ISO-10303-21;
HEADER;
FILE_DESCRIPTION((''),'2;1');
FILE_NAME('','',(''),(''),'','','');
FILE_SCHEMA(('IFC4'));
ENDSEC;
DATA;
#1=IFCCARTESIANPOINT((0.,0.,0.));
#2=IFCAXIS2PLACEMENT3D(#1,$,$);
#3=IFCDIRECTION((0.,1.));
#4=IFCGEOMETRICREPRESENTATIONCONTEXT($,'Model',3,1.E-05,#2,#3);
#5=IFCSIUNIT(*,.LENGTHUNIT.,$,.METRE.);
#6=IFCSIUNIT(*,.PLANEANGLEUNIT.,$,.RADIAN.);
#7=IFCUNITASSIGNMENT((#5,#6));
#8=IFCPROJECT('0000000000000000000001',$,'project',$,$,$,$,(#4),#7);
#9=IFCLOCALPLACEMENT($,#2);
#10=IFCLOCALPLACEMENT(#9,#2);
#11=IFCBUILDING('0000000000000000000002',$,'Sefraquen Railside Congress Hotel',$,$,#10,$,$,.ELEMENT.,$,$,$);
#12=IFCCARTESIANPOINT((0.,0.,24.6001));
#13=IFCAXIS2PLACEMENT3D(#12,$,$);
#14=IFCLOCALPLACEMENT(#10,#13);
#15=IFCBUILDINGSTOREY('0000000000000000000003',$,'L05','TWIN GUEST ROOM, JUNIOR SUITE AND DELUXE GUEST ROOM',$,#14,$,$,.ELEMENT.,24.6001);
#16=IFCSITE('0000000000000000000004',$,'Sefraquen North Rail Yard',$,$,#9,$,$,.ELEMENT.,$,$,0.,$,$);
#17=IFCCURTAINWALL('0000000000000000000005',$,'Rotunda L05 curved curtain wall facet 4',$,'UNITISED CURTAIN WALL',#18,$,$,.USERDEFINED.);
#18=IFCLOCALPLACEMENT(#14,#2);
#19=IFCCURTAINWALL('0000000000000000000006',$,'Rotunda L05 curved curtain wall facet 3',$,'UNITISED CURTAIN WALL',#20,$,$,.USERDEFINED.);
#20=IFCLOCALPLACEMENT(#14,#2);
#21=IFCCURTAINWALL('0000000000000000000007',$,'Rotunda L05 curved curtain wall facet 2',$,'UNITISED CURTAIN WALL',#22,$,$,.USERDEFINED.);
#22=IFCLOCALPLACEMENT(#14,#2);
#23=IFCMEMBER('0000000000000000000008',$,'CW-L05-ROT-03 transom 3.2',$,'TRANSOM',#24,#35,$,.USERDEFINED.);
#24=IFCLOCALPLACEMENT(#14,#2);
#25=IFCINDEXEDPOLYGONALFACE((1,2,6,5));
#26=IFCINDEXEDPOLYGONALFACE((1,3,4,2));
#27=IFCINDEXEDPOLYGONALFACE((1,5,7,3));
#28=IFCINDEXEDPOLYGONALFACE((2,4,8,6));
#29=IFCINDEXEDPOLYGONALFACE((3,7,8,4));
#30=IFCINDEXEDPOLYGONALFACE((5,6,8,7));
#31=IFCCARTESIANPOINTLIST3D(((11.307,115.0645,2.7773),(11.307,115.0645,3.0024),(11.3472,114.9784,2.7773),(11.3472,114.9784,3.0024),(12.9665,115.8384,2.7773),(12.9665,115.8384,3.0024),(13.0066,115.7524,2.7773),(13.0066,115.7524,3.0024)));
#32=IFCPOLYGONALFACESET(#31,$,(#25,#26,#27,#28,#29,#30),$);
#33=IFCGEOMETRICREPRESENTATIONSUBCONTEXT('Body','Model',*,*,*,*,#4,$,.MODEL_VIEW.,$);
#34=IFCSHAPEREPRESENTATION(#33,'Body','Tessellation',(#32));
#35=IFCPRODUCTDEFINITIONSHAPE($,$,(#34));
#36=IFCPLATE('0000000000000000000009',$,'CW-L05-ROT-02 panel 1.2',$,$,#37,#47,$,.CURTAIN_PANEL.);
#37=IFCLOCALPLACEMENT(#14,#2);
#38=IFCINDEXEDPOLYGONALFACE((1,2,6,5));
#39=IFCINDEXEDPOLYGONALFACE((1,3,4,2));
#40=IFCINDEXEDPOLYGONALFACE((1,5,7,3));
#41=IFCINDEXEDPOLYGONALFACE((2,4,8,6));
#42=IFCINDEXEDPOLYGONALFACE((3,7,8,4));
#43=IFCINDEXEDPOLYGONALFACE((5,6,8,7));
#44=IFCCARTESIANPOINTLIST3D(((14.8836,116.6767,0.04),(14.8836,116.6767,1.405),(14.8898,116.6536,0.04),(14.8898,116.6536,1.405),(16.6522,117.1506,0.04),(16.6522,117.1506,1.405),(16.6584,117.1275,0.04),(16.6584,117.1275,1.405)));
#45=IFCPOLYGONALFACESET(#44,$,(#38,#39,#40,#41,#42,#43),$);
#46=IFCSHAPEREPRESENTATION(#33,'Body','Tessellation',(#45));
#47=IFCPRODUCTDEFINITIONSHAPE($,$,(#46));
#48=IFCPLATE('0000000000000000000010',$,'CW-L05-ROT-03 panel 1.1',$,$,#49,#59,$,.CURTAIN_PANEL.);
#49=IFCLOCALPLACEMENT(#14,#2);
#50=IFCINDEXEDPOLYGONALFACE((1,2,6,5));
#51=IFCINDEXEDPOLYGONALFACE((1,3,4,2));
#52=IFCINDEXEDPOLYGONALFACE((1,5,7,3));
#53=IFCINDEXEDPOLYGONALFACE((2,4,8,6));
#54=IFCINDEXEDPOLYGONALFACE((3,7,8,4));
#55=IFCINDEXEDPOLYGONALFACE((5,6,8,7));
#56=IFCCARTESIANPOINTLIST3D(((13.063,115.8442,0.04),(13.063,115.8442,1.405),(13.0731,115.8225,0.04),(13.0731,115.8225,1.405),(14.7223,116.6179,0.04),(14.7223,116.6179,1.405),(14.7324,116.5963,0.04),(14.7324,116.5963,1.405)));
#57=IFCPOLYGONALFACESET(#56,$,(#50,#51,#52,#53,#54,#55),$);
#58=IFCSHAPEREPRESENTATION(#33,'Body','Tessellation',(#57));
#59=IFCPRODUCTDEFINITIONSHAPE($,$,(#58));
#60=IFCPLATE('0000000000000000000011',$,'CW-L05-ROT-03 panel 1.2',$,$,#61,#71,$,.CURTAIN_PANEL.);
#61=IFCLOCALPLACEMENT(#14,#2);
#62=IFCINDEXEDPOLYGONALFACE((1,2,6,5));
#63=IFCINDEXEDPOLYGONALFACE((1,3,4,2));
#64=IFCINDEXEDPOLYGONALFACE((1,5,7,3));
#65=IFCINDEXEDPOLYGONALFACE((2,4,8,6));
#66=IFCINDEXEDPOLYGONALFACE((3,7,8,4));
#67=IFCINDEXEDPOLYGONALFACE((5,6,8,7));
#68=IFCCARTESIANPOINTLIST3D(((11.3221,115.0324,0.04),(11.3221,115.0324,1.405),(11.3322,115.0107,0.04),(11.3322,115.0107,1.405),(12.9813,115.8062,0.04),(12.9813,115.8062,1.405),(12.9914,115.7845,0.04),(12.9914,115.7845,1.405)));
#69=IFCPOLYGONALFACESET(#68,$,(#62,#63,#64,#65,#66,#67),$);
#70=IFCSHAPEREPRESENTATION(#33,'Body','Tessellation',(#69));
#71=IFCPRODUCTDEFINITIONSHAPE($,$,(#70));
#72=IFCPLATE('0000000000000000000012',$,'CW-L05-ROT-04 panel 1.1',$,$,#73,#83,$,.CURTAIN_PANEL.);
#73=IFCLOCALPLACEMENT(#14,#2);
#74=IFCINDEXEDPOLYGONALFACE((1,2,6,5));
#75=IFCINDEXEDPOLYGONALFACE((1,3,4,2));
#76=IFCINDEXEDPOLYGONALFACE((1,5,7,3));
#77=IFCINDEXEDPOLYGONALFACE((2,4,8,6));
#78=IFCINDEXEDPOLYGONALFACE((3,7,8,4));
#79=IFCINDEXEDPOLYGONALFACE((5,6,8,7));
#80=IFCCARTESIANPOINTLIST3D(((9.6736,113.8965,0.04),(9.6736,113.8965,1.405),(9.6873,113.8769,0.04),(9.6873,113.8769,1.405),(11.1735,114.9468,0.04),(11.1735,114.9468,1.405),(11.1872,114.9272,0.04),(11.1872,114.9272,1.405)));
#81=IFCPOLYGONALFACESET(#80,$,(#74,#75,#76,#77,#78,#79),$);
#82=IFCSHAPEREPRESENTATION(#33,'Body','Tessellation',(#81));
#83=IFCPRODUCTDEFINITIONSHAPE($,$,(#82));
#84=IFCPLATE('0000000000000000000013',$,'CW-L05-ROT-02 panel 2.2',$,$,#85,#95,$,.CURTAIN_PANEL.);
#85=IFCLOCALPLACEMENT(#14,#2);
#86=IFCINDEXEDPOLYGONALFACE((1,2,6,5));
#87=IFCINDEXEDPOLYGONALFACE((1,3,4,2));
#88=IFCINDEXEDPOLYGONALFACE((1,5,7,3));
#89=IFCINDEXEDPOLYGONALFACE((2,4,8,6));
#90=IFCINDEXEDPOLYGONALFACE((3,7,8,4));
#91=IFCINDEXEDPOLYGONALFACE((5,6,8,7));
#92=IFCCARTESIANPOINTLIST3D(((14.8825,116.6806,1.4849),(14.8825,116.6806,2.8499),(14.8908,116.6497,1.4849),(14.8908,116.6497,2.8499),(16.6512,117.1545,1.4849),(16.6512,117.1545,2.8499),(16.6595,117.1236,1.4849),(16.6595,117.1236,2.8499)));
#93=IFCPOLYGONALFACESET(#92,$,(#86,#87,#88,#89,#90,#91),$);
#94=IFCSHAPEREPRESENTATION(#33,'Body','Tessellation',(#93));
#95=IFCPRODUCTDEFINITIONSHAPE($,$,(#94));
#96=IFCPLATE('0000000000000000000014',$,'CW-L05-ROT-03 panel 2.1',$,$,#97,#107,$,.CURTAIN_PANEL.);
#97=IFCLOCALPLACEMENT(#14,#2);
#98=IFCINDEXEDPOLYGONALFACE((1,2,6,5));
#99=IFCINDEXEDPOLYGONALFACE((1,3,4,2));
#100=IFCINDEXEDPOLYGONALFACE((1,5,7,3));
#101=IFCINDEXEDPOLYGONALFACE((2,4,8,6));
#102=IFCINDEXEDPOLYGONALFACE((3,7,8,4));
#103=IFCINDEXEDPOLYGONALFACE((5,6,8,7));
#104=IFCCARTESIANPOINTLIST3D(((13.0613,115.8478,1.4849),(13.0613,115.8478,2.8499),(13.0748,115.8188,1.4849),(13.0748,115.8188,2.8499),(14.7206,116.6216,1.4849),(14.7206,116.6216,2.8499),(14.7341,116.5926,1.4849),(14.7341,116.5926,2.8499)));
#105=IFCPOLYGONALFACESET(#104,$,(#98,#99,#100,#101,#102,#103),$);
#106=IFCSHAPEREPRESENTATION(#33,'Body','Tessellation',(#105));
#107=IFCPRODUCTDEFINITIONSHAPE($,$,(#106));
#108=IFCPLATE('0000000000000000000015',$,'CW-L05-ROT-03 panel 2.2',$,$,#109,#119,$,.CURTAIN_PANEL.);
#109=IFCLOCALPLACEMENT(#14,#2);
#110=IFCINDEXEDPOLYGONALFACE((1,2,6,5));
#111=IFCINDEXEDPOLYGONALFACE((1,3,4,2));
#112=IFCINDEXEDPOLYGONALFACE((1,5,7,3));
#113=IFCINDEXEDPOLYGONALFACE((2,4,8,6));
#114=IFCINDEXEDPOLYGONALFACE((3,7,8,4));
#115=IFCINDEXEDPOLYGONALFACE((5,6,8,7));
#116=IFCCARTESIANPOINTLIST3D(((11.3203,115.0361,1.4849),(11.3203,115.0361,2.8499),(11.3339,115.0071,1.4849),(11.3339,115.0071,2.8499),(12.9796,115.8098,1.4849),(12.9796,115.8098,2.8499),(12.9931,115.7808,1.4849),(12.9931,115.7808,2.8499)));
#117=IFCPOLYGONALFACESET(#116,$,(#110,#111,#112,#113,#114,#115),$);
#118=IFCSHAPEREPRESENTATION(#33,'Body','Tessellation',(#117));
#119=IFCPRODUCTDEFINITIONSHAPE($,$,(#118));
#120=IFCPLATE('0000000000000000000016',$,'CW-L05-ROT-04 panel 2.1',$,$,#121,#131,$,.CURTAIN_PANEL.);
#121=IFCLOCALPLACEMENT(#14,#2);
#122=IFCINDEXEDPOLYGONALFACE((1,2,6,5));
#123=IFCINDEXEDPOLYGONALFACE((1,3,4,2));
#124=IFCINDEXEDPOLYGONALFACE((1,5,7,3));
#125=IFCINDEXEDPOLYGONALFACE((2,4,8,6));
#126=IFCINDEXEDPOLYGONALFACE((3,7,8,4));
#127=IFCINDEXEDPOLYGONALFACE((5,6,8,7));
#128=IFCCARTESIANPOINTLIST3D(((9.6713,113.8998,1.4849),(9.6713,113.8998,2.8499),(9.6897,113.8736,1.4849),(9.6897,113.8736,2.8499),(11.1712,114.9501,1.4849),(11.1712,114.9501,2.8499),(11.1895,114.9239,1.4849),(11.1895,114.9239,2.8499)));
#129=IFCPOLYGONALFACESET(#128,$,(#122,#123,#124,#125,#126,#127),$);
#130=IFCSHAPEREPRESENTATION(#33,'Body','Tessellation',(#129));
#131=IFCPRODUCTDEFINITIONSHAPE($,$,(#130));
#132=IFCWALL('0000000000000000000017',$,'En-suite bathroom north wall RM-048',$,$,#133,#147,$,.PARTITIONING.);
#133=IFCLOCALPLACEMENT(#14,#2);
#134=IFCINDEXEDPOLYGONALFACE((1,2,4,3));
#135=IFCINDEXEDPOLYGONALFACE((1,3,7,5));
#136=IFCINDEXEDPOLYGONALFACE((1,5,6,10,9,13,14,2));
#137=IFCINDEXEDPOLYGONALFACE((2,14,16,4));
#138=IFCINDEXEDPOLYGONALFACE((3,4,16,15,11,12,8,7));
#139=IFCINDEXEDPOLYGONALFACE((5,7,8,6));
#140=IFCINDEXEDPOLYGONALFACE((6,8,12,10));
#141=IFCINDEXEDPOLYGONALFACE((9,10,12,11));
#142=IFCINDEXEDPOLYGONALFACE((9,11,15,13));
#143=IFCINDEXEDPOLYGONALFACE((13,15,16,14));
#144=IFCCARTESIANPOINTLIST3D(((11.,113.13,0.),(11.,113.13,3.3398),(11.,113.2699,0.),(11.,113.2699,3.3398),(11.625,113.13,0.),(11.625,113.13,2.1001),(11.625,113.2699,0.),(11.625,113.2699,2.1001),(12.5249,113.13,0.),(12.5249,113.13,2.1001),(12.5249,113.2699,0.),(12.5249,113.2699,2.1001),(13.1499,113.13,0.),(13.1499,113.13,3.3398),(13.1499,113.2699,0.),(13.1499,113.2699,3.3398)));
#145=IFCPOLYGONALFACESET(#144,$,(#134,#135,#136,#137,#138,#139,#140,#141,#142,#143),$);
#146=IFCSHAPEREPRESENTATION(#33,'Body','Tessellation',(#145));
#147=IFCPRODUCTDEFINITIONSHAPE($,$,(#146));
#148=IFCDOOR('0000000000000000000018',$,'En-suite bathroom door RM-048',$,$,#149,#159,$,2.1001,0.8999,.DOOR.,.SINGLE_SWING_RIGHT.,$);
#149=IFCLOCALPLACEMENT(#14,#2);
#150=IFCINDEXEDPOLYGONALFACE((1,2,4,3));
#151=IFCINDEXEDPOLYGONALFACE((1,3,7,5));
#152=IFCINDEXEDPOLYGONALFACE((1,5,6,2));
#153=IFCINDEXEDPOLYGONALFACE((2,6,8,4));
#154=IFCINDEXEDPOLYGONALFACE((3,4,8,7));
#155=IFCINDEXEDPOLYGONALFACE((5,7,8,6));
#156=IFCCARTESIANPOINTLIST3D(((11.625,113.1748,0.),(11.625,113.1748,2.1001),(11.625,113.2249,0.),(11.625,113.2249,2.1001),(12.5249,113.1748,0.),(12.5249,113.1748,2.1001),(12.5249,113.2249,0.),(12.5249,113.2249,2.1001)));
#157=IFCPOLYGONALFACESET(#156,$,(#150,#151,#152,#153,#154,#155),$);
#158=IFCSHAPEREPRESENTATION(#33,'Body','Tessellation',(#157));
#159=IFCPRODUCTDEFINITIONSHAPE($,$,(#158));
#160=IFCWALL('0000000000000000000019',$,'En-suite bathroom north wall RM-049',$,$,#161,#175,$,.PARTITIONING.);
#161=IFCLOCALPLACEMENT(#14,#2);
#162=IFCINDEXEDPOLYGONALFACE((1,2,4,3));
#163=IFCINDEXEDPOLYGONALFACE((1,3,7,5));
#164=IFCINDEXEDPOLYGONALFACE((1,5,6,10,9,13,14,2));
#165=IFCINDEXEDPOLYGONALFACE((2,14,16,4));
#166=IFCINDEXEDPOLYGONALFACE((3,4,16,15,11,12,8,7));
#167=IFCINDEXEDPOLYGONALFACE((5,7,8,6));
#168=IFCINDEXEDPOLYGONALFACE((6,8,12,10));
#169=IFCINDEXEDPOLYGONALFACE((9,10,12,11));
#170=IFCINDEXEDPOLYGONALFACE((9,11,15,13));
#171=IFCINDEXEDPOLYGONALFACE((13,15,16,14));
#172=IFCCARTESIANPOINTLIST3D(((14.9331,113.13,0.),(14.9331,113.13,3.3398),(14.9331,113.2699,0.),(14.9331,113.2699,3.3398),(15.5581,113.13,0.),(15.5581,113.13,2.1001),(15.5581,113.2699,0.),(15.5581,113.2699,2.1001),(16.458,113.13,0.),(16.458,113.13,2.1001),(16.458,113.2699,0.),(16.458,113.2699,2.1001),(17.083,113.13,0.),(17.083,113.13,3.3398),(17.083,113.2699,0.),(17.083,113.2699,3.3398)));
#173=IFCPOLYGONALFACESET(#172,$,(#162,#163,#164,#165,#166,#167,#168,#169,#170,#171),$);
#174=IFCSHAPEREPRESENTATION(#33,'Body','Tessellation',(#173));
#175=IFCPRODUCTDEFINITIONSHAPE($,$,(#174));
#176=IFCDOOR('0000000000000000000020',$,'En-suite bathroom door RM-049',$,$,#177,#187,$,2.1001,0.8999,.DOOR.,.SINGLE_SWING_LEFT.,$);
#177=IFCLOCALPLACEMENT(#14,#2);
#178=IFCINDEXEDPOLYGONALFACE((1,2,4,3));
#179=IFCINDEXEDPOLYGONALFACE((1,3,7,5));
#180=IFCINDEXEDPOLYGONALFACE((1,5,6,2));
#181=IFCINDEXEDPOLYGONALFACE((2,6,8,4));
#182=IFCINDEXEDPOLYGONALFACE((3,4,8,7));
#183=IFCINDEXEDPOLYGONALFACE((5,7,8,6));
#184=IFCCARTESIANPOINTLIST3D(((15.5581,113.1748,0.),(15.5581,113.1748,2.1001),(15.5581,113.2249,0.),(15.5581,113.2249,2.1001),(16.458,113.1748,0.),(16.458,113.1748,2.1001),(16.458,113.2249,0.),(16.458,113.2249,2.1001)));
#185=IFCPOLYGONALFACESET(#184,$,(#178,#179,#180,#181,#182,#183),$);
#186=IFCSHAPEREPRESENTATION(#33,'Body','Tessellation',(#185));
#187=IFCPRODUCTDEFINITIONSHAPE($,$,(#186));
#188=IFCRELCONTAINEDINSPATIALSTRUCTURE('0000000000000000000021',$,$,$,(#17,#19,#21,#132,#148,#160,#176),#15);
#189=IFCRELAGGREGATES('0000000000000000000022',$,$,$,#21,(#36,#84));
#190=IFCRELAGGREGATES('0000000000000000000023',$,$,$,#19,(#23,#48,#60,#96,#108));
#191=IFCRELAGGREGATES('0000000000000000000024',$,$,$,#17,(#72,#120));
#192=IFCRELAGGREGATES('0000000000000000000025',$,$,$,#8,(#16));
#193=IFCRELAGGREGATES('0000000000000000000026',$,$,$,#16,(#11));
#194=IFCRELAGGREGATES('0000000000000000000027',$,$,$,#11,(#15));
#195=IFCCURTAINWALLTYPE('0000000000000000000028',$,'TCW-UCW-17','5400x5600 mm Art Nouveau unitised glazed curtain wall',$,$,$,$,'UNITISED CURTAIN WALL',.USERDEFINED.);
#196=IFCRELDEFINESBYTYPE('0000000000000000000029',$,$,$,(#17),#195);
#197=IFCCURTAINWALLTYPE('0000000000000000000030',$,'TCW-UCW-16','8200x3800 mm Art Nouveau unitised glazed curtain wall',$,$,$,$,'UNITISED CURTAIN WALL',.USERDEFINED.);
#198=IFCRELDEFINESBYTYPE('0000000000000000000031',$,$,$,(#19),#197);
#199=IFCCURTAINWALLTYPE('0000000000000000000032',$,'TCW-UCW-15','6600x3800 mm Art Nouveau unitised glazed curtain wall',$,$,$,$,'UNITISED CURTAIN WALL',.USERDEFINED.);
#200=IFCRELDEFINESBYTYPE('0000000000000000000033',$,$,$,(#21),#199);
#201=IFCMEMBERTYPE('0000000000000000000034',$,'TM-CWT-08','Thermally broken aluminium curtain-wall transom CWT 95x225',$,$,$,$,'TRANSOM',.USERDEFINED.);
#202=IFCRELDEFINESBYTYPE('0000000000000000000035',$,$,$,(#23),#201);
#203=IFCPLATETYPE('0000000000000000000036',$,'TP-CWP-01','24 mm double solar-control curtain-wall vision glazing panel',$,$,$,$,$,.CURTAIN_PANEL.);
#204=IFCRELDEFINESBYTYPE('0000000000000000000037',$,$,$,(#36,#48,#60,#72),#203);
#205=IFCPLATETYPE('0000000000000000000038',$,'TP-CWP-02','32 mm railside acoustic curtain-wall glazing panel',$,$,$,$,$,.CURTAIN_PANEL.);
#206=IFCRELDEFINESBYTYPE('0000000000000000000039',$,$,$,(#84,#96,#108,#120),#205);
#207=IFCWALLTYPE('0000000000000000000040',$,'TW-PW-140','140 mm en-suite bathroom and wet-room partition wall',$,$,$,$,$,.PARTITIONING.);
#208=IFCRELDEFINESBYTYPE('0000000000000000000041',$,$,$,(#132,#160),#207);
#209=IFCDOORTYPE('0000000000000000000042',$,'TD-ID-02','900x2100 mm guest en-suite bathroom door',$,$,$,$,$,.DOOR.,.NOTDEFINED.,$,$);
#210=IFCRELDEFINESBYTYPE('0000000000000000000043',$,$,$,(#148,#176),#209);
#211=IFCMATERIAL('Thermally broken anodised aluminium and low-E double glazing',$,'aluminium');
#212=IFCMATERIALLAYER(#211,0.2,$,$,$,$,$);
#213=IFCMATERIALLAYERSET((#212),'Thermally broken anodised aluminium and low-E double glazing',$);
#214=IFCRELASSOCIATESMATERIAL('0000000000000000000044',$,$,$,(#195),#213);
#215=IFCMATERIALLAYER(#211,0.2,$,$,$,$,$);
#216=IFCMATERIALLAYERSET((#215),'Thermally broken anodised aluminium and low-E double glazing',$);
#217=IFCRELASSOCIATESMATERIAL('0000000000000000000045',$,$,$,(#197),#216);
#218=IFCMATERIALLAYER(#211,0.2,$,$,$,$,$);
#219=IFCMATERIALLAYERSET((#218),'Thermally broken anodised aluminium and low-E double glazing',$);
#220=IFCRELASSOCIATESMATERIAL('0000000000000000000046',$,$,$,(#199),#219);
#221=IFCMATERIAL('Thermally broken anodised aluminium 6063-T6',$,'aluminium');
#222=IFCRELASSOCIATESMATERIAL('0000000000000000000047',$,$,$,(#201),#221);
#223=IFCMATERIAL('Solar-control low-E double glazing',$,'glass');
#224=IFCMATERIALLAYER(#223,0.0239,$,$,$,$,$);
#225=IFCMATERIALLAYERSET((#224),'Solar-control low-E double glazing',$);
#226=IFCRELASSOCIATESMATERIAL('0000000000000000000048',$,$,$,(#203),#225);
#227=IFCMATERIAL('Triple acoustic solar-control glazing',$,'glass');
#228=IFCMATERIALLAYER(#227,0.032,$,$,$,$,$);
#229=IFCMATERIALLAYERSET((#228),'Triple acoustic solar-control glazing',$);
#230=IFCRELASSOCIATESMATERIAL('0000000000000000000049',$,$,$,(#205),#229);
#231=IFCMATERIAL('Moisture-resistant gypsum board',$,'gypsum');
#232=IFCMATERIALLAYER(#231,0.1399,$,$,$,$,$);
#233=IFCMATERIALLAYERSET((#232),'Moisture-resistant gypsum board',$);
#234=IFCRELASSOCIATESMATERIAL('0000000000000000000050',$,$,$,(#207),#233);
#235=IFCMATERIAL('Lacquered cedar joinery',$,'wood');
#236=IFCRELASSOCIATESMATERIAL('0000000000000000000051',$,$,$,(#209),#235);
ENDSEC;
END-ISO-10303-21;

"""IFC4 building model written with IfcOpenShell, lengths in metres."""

from ifc_helpers import new_model, si_unit, direction, frame, frame_2d, origin, origin_2d, place, context, subcontext, project, spatial, rectangle, extrude, material, layer, layer_set, material_profile, profile_set, type_object, element, fill, aggregate, save


model = new_model("IFC4")

# Units and contexts
model_context = context("Model", 3, precision=1e-05, world=origin(), true_north=direction((0.0, 1.0)))
body_context = subcontext(model_context, "Body", "Model", "MODEL_VIEW")
ifc_project = project(units=[si_unit("LENGTHUNIT", "METRE"), si_unit("PLANEANGLEUNIT", "RADIAN")], contexts=[model_context])

# Site, building, storey
site_placement = place(None, origin())
site = spatial("IfcSite", under=ifc_project, at=site_placement, Name="Sefraquen North Rail Yard", CompositionType="ELEMENT", RefElevation=0.0)
building_placement = place(site_placement, origin())
building = spatial("IfcBuilding", under=site, at=building_placement, Name="Sefraquen Railside Congress Hotel", CompositionType="ELEMENT")
storey_placement = place(building_placement, frame((0.0, 0.0, 24.6001)))
storey = spatial("IfcBuildingStorey", under=building, at=storey_placement, Name="L05", Description="TWIN GUEST ROOM, JUNIOR SUITE AND DELUXE GUEST ROOM", CompositionType="ELEMENT", Elevation=24.6001)

# Curtain walls
ifc_material_1 = material(Name="Thermally broken anodised aluminium and low-E double glazing", Category="aluminium")
ifc_layer_1 = layer(ifc_material_1, 0.2)
ifc_layer_set_1 = layer_set([ifc_layer_1], Name="Thermally broken anodised aluminium and low-E double glazing")
curtain_wall_type_1 = type_object("IfcCurtainWallType", Name="TCW-UCW-17", Description="5400x5600 mm Art Nouveau unitised glazed curtain wall", ElementType="UNITISED CURTAIN WALL", PredefinedType="USERDEFINED", material=ifc_layer_set_1)
curtain_wall_1_placement = place(storey_placement, origin())
curtain_wall_1 = element("IfcCurtainWall", 1, at=curtain_wall_1_placement, inside=storey, type_object=curtain_wall_type_1, Name="Rotunda L05 curved curtain wall facet 4", ObjectType="UNITISED CURTAIN WALL", PredefinedType="USERDEFINED")
ifc_material_2 = material(Name="Thermally broken anodised aluminium 6063-T6", Category="aluminium")
ifc_layer_2 = layer(ifc_material_1, 0.2)
ifc_layer_set_2 = layer_set([ifc_layer_2], Name="Thermally broken anodised aluminium and low-E double glazing")
curtain_wall_type_2 = type_object("IfcCurtainWallType", Name="TCW-UCW-16", Description="8200x3800 mm Art Nouveau unitised glazed curtain wall", ElementType="UNITISED CURTAIN WALL", PredefinedType="USERDEFINED", material=ifc_layer_set_2)
curtain_wall_2_placement = place(storey_placement, origin())
curtain_wall_2 = element("IfcCurtainWall", 2, at=curtain_wall_2_placement, inside=storey, type_object=curtain_wall_type_2, Name="Rotunda L05 curved curtain wall facet 3", ObjectType="UNITISED CURTAIN WALL", PredefinedType="USERDEFINED")
ifc_layer_3 = layer(ifc_material_1, 0.2)
ifc_layer_set_3 = layer_set([ifc_layer_3], Name="Thermally broken anodised aluminium and low-E double glazing")
curtain_wall_type_3 = type_object("IfcCurtainWallType", Name="TCW-UCW-15", Description="6600x3800 mm Art Nouveau unitised glazed curtain wall", ElementType="UNITISED CURTAIN WALL", PredefinedType="USERDEFINED", material=ifc_layer_set_3)
curtain_wall_3_placement = place(storey_placement, origin())
curtain_wall_3 = element("IfcCurtainWall", 3, at=curtain_wall_3_placement, inside=storey, type_object=curtain_wall_type_3, Name="Rotunda L05 curved curtain wall facet 2", ObjectType="UNITISED CURTAIN WALL", PredefinedType="USERDEFINED")

# Member
ifc_material_profile_1 = material_profile(ifc_material_2, rectangle(XDim=0.095, YDim=0.2251, at=origin_2d()), Name="CWT 95x225")
ifc_profile_set_1 = profile_set([ifc_material_profile_1], Name="Thermally broken anodised aluminium 6063-T6")
member_type_1 = type_object("IfcMemberType", Name="TM-CWT-08", Description="Thermally broken aluminium curtain-wall transom CWT 95x225", ElementType="TRANSOM", PredefinedType="USERDEFINED", material=ifc_profile_set_1)
member_1_placement = place(storey_placement, frame((12.9866, 115.7954, 2.8899), z_axis=(-0.906282, -0.422674, 0.0), x_axis=(0.422674, -0.906282, 0.0)))
member_1 = element("IfcMember", 4, at=member_1_placement, type_object=member_type_1, Name="CW-L05-ROT-03 transom 3.2", ObjectType="TRANSOM", PredefinedType="USERDEFINED", context=body_context, shape_type="SweptSolid", body=[
    extrude(rectangle(XDim=0.095, YDim=0.2251, at=origin_2d()), origin(), (0.0, 0.0, 1.0), 1.8311),
])

# Plates
ifc_material_3 = material(Name="Solar-control low-E double glazing", Category="glass")
ifc_layer_4 = layer(ifc_material_3, 0.0239)
ifc_layer_set_4 = layer_set([ifc_layer_4], Name="Solar-control low-E double glazing")
plate_type_1 = type_object("IfcPlateType", Name="TP-CWP-01", Description="24 mm double solar-control curtain-wall vision glazing panel", PredefinedType="CURTAIN_PANEL", material=ifc_layer_set_4)
plate_1_placement = place(storey_placement, frame((15.771, 116.9021, 0.04), z_axis=(0.0, 0.0, 1.0), x_axis=(-0.965935, -0.258785, 0.0)))
plate_1 = element("IfcPlate", 5, at=plate_1_placement, type_object=plate_type_1, Name="CW-L05-ROT-02 panel 1.2", PredefinedType="CURTAIN_PANEL", context=body_context, shape_type="SweptSolid", body=[
    extrude(rectangle(XDim=1.8311, YDim=0.0239, at=origin_2d()), origin(), (0.0, 0.0, 1.0), 1.365),
])
plate_2_placement = place(storey_placement, frame((13.8977, 116.2202, 0.04), z_axis=(0.0, 0.0, 1.0), x_axis=(-0.9063, -0.422634, 0.0)))
plate_2 = element("IfcPlate", 6, at=plate_2_placement, type_object=plate_type_1, Name="CW-L05-ROT-03 panel 1.1", PredefinedType="CURTAIN_PANEL", context=body_context, shape_type="SweptSolid", body=[
    extrude(rectangle(XDim=1.8308, YDim=0.0239, at=origin_2d()), origin(), (0.0, 0.0, 1.0), 1.365),
])
plate_3_placement = place(storey_placement, frame((12.1567, 115.4084, 0.04), z_axis=(0.0, 0.0, 1.0), x_axis=(-0.9063, -0.422634, 0.0)))
plate_3 = element("IfcPlate", 7, at=plate_3_placement, type_object=plate_type_1, Name="CW-L05-ROT-03 panel 1.2", PredefinedType="CURTAIN_PANEL", context=body_context, shape_type="SweptSolid", body=[
    extrude(rectangle(XDim=1.8308, YDim=0.0239, at=origin_2d()), origin(), (0.0, 0.0, 1.0), 1.365),
])
plate_4_placement = place(storey_placement, frame((10.4304, 114.4119, 0.04), z_axis=(0.0, 0.0, 1.0), x_axis=(-0.819132, -0.573605, 0.0)))
plate_4 = element("IfcPlate", 8, at=plate_4_placement, type_object=plate_type_1, Name="CW-L05-ROT-04 panel 1.1", PredefinedType="CURTAIN_PANEL", context=body_context, shape_type="SweptSolid", body=[
    extrude(rectangle(XDim=1.8311, YDim=0.0239, at=origin_2d()), origin(), (0.0, 0.0, 1.0), 1.365),
])
ifc_material_4 = material(Name="Triple acoustic solar-control glazing", Category="glass")
ifc_layer_5 = layer(ifc_material_4, 0.032)
ifc_layer_set_5 = layer_set([ifc_layer_5], Name="Triple acoustic solar-control glazing")
plate_type_2 = type_object("IfcPlateType", Name="TP-CWP-02", Description="32 mm railside acoustic curtain-wall glazing panel", PredefinedType="CURTAIN_PANEL", material=ifc_layer_set_5)
plate_5_placement = place(storey_placement, frame((15.771, 116.9021, 1.4849), z_axis=(0.0, 0.0, 1.0), x_axis=(-0.965935, -0.258785, 0.0)))
plate_5 = element("IfcPlate", 9, at=plate_5_placement, type_object=plate_type_2, Name="CW-L05-ROT-02 panel 2.2", PredefinedType="CURTAIN_PANEL", context=body_context, shape_type="SweptSolid", body=[
    extrude(rectangle(XDim=1.8311, YDim=0.032, at=origin_2d()), origin(), (0.0, 0.0, 1.0), 1.365),
])
aggregate(curtain_wall_3, [plate_1, plate_5])
plate_6_placement = place(storey_placement, frame((13.8977, 116.2202, 1.4849), z_axis=(0.0, 0.0, 1.0), x_axis=(-0.9063, -0.422634, 0.0)))
plate_6 = element("IfcPlate", 10, at=plate_6_placement, type_object=plate_type_2, Name="CW-L05-ROT-03 panel 2.1", PredefinedType="CURTAIN_PANEL", context=body_context, shape_type="SweptSolid", body=[
    extrude(rectangle(XDim=1.8308, YDim=0.032, at=origin_2d()), origin(), (0.0, 0.0, 1.0), 1.365),
])
plate_7_placement = place(storey_placement, frame((12.1567, 115.4084, 1.4849), z_axis=(0.0, 0.0, 1.0), x_axis=(-0.9063, -0.422634, 0.0)))
plate_7 = element("IfcPlate", 11, at=plate_7_placement, type_object=plate_type_2, Name="CW-L05-ROT-03 panel 2.2", PredefinedType="CURTAIN_PANEL", context=body_context, shape_type="SweptSolid", body=[
    extrude(rectangle(XDim=1.8308, YDim=0.032, at=origin_2d()), origin(), (0.0, 0.0, 1.0), 1.365),
])
aggregate(curtain_wall_2, [member_1, plate_2, plate_3, plate_6, plate_7])
plate_8_placement = place(storey_placement, frame((10.4304, 114.4119, 1.4849), z_axis=(0.0, 0.0, 1.0), x_axis=(-0.819132, -0.573605, 0.0)))
plate_8 = element("IfcPlate", 12, at=plate_8_placement, type_object=plate_type_2, Name="CW-L05-ROT-04 panel 2.1", PredefinedType="CURTAIN_PANEL", context=body_context, shape_type="SweptSolid", body=[
    extrude(rectangle(XDim=1.8311, YDim=0.032, at=origin_2d()), origin(), (0.0, 0.0, 1.0), 1.365),
])
aggregate(curtain_wall_1, [plate_4, plate_8])

# Walls, openings, doors
ifc_material_5 = material(Name="Moisture-resistant gypsum board", Category="gypsum")
ifc_layer_6 = layer(ifc_material_5, 0.1399)
ifc_layer_set_6 = layer_set([ifc_layer_6], Name="Moisture-resistant gypsum board")
wall_type = type_object("IfcWallType", Name="TW-PW-140", Description="140 mm en-suite bathroom and wet-room partition wall", PredefinedType="PARTITIONING", material=ifc_layer_set_6)
wall_1_placement = place(storey_placement, frame((11.0, 113.2, 0.0), z_axis=(0.0, 0.0, 1.0), x_axis=(1.0, 0.0, 0.0)))
wall_1 = element("IfcWall", 13, at=wall_1_placement, inside=storey, type_object=wall_type, Name="En-suite bathroom north wall RM-048", PredefinedType="PARTITIONING", context=body_context, shape_type="SweptSolid", body=[
    extrude(rectangle(XDim=2.1499, YDim=0.1399, at=frame_2d((1.075, 0.0))), origin(), (0.0, 0.0, 1.0), 3.3398),
])
opening_1_placement = place(wall_1_placement, frame((0.625, 0.0, 0.0)))
opening_1 = element("IfcOpeningElement", 14, at=opening_1_placement, cuts=wall_1, PredefinedType="OPENING", context=body_context, shape_type="SweptSolid", body=[
    extrude(rectangle(XDim=0.8999, YDim=2.1001, at=frame_2d((0.45, 1.05))), frame((0.0, 0.0798, 0.0), z_axis=(0.0, -1.0, 0.0), x_axis=(1.0, 0.0, 0.0)), (0.0, 0.0, 1.0), 0.1599),
])
ifc_material_6 = material(Name="Lacquered cedar joinery", Category="wood")
door_type = type_object("IfcDoorType", Name="TD-ID-02", Description="900x2100 mm guest en-suite bathroom door", OperationType="NOTDEFINED", PredefinedType="DOOR", material=ifc_material_6)
door_1_placement = place(opening_1_placement, origin())
door_1 = element("IfcDoor", 15, at=door_1_placement, inside=storey, type_object=door_type, Name="En-suite bathroom door RM-048", OperationType="SINGLE_SWING_RIGHT", OverallHeight=2.1001, OverallWidth=0.8999, PredefinedType="DOOR", context=body_context, shape_type="SweptSolid", body=[
    extrude(rectangle(XDim=0.8999, YDim=2.1001, at=frame_2d((0.45, 1.05))), frame((0.0, 0.0249, 0.0), z_axis=(0.0, -1.0, 0.0), x_axis=(1.0, 0.0, 0.0)), (0.0, 0.0, 1.0), 0.05),
])
fill(opening_1, door_1)
wall_2_placement = place(storey_placement, frame((14.9331, 113.2, 0.0), z_axis=(0.0, 0.0, 1.0), x_axis=(1.0, 0.0, 0.0)))
wall_2 = element("IfcWall", 16, at=wall_2_placement, inside=storey, type_object=wall_type, Name="En-suite bathroom north wall RM-049", PredefinedType="PARTITIONING", context=body_context, shape_type="SweptSolid", body=[
    extrude(rectangle(XDim=2.1499, YDim=0.1399, at=frame_2d((1.075, 0.0))), origin(), (0.0, 0.0, 1.0), 3.3398),
])
opening_2_placement = place(wall_2_placement, frame((0.625, 0.0, 0.0)))
opening_2 = element("IfcOpeningElement", 17, at=opening_2_placement, cuts=wall_2, PredefinedType="OPENING", context=body_context, shape_type="SweptSolid", body=[
    extrude(rectangle(XDim=0.8999, YDim=2.1001, at=frame_2d((0.45, 1.05))), frame((0.0, 0.0798, 0.0), z_axis=(0.0, -1.0, 0.0), x_axis=(1.0, 0.0, 0.0)), (0.0, 0.0, 1.0), 0.1599),
])
door_2_placement = place(opening_2_placement, origin())
door_2 = element("IfcDoor", 18, at=door_2_placement, inside=storey, type_object=door_type, Name="En-suite bathroom door RM-049", OperationType="SINGLE_SWING_LEFT", OverallHeight=2.1001, OverallWidth=0.8999, PredefinedType="DOOR", context=body_context, shape_type="SweptSolid", body=[
    extrude(rectangle(XDim=0.8999, YDim=2.1001, at=frame_2d((0.45, 1.05))), frame((0.0, 0.0249, 0.0), z_axis=(0.0, -1.0, 0.0), x_axis=(1.0, 0.0, 0.0)), (0.0, 0.0, 1.0), 0.05),
])
fill(opening_2, door_2)

save(model, "model.ifc")
